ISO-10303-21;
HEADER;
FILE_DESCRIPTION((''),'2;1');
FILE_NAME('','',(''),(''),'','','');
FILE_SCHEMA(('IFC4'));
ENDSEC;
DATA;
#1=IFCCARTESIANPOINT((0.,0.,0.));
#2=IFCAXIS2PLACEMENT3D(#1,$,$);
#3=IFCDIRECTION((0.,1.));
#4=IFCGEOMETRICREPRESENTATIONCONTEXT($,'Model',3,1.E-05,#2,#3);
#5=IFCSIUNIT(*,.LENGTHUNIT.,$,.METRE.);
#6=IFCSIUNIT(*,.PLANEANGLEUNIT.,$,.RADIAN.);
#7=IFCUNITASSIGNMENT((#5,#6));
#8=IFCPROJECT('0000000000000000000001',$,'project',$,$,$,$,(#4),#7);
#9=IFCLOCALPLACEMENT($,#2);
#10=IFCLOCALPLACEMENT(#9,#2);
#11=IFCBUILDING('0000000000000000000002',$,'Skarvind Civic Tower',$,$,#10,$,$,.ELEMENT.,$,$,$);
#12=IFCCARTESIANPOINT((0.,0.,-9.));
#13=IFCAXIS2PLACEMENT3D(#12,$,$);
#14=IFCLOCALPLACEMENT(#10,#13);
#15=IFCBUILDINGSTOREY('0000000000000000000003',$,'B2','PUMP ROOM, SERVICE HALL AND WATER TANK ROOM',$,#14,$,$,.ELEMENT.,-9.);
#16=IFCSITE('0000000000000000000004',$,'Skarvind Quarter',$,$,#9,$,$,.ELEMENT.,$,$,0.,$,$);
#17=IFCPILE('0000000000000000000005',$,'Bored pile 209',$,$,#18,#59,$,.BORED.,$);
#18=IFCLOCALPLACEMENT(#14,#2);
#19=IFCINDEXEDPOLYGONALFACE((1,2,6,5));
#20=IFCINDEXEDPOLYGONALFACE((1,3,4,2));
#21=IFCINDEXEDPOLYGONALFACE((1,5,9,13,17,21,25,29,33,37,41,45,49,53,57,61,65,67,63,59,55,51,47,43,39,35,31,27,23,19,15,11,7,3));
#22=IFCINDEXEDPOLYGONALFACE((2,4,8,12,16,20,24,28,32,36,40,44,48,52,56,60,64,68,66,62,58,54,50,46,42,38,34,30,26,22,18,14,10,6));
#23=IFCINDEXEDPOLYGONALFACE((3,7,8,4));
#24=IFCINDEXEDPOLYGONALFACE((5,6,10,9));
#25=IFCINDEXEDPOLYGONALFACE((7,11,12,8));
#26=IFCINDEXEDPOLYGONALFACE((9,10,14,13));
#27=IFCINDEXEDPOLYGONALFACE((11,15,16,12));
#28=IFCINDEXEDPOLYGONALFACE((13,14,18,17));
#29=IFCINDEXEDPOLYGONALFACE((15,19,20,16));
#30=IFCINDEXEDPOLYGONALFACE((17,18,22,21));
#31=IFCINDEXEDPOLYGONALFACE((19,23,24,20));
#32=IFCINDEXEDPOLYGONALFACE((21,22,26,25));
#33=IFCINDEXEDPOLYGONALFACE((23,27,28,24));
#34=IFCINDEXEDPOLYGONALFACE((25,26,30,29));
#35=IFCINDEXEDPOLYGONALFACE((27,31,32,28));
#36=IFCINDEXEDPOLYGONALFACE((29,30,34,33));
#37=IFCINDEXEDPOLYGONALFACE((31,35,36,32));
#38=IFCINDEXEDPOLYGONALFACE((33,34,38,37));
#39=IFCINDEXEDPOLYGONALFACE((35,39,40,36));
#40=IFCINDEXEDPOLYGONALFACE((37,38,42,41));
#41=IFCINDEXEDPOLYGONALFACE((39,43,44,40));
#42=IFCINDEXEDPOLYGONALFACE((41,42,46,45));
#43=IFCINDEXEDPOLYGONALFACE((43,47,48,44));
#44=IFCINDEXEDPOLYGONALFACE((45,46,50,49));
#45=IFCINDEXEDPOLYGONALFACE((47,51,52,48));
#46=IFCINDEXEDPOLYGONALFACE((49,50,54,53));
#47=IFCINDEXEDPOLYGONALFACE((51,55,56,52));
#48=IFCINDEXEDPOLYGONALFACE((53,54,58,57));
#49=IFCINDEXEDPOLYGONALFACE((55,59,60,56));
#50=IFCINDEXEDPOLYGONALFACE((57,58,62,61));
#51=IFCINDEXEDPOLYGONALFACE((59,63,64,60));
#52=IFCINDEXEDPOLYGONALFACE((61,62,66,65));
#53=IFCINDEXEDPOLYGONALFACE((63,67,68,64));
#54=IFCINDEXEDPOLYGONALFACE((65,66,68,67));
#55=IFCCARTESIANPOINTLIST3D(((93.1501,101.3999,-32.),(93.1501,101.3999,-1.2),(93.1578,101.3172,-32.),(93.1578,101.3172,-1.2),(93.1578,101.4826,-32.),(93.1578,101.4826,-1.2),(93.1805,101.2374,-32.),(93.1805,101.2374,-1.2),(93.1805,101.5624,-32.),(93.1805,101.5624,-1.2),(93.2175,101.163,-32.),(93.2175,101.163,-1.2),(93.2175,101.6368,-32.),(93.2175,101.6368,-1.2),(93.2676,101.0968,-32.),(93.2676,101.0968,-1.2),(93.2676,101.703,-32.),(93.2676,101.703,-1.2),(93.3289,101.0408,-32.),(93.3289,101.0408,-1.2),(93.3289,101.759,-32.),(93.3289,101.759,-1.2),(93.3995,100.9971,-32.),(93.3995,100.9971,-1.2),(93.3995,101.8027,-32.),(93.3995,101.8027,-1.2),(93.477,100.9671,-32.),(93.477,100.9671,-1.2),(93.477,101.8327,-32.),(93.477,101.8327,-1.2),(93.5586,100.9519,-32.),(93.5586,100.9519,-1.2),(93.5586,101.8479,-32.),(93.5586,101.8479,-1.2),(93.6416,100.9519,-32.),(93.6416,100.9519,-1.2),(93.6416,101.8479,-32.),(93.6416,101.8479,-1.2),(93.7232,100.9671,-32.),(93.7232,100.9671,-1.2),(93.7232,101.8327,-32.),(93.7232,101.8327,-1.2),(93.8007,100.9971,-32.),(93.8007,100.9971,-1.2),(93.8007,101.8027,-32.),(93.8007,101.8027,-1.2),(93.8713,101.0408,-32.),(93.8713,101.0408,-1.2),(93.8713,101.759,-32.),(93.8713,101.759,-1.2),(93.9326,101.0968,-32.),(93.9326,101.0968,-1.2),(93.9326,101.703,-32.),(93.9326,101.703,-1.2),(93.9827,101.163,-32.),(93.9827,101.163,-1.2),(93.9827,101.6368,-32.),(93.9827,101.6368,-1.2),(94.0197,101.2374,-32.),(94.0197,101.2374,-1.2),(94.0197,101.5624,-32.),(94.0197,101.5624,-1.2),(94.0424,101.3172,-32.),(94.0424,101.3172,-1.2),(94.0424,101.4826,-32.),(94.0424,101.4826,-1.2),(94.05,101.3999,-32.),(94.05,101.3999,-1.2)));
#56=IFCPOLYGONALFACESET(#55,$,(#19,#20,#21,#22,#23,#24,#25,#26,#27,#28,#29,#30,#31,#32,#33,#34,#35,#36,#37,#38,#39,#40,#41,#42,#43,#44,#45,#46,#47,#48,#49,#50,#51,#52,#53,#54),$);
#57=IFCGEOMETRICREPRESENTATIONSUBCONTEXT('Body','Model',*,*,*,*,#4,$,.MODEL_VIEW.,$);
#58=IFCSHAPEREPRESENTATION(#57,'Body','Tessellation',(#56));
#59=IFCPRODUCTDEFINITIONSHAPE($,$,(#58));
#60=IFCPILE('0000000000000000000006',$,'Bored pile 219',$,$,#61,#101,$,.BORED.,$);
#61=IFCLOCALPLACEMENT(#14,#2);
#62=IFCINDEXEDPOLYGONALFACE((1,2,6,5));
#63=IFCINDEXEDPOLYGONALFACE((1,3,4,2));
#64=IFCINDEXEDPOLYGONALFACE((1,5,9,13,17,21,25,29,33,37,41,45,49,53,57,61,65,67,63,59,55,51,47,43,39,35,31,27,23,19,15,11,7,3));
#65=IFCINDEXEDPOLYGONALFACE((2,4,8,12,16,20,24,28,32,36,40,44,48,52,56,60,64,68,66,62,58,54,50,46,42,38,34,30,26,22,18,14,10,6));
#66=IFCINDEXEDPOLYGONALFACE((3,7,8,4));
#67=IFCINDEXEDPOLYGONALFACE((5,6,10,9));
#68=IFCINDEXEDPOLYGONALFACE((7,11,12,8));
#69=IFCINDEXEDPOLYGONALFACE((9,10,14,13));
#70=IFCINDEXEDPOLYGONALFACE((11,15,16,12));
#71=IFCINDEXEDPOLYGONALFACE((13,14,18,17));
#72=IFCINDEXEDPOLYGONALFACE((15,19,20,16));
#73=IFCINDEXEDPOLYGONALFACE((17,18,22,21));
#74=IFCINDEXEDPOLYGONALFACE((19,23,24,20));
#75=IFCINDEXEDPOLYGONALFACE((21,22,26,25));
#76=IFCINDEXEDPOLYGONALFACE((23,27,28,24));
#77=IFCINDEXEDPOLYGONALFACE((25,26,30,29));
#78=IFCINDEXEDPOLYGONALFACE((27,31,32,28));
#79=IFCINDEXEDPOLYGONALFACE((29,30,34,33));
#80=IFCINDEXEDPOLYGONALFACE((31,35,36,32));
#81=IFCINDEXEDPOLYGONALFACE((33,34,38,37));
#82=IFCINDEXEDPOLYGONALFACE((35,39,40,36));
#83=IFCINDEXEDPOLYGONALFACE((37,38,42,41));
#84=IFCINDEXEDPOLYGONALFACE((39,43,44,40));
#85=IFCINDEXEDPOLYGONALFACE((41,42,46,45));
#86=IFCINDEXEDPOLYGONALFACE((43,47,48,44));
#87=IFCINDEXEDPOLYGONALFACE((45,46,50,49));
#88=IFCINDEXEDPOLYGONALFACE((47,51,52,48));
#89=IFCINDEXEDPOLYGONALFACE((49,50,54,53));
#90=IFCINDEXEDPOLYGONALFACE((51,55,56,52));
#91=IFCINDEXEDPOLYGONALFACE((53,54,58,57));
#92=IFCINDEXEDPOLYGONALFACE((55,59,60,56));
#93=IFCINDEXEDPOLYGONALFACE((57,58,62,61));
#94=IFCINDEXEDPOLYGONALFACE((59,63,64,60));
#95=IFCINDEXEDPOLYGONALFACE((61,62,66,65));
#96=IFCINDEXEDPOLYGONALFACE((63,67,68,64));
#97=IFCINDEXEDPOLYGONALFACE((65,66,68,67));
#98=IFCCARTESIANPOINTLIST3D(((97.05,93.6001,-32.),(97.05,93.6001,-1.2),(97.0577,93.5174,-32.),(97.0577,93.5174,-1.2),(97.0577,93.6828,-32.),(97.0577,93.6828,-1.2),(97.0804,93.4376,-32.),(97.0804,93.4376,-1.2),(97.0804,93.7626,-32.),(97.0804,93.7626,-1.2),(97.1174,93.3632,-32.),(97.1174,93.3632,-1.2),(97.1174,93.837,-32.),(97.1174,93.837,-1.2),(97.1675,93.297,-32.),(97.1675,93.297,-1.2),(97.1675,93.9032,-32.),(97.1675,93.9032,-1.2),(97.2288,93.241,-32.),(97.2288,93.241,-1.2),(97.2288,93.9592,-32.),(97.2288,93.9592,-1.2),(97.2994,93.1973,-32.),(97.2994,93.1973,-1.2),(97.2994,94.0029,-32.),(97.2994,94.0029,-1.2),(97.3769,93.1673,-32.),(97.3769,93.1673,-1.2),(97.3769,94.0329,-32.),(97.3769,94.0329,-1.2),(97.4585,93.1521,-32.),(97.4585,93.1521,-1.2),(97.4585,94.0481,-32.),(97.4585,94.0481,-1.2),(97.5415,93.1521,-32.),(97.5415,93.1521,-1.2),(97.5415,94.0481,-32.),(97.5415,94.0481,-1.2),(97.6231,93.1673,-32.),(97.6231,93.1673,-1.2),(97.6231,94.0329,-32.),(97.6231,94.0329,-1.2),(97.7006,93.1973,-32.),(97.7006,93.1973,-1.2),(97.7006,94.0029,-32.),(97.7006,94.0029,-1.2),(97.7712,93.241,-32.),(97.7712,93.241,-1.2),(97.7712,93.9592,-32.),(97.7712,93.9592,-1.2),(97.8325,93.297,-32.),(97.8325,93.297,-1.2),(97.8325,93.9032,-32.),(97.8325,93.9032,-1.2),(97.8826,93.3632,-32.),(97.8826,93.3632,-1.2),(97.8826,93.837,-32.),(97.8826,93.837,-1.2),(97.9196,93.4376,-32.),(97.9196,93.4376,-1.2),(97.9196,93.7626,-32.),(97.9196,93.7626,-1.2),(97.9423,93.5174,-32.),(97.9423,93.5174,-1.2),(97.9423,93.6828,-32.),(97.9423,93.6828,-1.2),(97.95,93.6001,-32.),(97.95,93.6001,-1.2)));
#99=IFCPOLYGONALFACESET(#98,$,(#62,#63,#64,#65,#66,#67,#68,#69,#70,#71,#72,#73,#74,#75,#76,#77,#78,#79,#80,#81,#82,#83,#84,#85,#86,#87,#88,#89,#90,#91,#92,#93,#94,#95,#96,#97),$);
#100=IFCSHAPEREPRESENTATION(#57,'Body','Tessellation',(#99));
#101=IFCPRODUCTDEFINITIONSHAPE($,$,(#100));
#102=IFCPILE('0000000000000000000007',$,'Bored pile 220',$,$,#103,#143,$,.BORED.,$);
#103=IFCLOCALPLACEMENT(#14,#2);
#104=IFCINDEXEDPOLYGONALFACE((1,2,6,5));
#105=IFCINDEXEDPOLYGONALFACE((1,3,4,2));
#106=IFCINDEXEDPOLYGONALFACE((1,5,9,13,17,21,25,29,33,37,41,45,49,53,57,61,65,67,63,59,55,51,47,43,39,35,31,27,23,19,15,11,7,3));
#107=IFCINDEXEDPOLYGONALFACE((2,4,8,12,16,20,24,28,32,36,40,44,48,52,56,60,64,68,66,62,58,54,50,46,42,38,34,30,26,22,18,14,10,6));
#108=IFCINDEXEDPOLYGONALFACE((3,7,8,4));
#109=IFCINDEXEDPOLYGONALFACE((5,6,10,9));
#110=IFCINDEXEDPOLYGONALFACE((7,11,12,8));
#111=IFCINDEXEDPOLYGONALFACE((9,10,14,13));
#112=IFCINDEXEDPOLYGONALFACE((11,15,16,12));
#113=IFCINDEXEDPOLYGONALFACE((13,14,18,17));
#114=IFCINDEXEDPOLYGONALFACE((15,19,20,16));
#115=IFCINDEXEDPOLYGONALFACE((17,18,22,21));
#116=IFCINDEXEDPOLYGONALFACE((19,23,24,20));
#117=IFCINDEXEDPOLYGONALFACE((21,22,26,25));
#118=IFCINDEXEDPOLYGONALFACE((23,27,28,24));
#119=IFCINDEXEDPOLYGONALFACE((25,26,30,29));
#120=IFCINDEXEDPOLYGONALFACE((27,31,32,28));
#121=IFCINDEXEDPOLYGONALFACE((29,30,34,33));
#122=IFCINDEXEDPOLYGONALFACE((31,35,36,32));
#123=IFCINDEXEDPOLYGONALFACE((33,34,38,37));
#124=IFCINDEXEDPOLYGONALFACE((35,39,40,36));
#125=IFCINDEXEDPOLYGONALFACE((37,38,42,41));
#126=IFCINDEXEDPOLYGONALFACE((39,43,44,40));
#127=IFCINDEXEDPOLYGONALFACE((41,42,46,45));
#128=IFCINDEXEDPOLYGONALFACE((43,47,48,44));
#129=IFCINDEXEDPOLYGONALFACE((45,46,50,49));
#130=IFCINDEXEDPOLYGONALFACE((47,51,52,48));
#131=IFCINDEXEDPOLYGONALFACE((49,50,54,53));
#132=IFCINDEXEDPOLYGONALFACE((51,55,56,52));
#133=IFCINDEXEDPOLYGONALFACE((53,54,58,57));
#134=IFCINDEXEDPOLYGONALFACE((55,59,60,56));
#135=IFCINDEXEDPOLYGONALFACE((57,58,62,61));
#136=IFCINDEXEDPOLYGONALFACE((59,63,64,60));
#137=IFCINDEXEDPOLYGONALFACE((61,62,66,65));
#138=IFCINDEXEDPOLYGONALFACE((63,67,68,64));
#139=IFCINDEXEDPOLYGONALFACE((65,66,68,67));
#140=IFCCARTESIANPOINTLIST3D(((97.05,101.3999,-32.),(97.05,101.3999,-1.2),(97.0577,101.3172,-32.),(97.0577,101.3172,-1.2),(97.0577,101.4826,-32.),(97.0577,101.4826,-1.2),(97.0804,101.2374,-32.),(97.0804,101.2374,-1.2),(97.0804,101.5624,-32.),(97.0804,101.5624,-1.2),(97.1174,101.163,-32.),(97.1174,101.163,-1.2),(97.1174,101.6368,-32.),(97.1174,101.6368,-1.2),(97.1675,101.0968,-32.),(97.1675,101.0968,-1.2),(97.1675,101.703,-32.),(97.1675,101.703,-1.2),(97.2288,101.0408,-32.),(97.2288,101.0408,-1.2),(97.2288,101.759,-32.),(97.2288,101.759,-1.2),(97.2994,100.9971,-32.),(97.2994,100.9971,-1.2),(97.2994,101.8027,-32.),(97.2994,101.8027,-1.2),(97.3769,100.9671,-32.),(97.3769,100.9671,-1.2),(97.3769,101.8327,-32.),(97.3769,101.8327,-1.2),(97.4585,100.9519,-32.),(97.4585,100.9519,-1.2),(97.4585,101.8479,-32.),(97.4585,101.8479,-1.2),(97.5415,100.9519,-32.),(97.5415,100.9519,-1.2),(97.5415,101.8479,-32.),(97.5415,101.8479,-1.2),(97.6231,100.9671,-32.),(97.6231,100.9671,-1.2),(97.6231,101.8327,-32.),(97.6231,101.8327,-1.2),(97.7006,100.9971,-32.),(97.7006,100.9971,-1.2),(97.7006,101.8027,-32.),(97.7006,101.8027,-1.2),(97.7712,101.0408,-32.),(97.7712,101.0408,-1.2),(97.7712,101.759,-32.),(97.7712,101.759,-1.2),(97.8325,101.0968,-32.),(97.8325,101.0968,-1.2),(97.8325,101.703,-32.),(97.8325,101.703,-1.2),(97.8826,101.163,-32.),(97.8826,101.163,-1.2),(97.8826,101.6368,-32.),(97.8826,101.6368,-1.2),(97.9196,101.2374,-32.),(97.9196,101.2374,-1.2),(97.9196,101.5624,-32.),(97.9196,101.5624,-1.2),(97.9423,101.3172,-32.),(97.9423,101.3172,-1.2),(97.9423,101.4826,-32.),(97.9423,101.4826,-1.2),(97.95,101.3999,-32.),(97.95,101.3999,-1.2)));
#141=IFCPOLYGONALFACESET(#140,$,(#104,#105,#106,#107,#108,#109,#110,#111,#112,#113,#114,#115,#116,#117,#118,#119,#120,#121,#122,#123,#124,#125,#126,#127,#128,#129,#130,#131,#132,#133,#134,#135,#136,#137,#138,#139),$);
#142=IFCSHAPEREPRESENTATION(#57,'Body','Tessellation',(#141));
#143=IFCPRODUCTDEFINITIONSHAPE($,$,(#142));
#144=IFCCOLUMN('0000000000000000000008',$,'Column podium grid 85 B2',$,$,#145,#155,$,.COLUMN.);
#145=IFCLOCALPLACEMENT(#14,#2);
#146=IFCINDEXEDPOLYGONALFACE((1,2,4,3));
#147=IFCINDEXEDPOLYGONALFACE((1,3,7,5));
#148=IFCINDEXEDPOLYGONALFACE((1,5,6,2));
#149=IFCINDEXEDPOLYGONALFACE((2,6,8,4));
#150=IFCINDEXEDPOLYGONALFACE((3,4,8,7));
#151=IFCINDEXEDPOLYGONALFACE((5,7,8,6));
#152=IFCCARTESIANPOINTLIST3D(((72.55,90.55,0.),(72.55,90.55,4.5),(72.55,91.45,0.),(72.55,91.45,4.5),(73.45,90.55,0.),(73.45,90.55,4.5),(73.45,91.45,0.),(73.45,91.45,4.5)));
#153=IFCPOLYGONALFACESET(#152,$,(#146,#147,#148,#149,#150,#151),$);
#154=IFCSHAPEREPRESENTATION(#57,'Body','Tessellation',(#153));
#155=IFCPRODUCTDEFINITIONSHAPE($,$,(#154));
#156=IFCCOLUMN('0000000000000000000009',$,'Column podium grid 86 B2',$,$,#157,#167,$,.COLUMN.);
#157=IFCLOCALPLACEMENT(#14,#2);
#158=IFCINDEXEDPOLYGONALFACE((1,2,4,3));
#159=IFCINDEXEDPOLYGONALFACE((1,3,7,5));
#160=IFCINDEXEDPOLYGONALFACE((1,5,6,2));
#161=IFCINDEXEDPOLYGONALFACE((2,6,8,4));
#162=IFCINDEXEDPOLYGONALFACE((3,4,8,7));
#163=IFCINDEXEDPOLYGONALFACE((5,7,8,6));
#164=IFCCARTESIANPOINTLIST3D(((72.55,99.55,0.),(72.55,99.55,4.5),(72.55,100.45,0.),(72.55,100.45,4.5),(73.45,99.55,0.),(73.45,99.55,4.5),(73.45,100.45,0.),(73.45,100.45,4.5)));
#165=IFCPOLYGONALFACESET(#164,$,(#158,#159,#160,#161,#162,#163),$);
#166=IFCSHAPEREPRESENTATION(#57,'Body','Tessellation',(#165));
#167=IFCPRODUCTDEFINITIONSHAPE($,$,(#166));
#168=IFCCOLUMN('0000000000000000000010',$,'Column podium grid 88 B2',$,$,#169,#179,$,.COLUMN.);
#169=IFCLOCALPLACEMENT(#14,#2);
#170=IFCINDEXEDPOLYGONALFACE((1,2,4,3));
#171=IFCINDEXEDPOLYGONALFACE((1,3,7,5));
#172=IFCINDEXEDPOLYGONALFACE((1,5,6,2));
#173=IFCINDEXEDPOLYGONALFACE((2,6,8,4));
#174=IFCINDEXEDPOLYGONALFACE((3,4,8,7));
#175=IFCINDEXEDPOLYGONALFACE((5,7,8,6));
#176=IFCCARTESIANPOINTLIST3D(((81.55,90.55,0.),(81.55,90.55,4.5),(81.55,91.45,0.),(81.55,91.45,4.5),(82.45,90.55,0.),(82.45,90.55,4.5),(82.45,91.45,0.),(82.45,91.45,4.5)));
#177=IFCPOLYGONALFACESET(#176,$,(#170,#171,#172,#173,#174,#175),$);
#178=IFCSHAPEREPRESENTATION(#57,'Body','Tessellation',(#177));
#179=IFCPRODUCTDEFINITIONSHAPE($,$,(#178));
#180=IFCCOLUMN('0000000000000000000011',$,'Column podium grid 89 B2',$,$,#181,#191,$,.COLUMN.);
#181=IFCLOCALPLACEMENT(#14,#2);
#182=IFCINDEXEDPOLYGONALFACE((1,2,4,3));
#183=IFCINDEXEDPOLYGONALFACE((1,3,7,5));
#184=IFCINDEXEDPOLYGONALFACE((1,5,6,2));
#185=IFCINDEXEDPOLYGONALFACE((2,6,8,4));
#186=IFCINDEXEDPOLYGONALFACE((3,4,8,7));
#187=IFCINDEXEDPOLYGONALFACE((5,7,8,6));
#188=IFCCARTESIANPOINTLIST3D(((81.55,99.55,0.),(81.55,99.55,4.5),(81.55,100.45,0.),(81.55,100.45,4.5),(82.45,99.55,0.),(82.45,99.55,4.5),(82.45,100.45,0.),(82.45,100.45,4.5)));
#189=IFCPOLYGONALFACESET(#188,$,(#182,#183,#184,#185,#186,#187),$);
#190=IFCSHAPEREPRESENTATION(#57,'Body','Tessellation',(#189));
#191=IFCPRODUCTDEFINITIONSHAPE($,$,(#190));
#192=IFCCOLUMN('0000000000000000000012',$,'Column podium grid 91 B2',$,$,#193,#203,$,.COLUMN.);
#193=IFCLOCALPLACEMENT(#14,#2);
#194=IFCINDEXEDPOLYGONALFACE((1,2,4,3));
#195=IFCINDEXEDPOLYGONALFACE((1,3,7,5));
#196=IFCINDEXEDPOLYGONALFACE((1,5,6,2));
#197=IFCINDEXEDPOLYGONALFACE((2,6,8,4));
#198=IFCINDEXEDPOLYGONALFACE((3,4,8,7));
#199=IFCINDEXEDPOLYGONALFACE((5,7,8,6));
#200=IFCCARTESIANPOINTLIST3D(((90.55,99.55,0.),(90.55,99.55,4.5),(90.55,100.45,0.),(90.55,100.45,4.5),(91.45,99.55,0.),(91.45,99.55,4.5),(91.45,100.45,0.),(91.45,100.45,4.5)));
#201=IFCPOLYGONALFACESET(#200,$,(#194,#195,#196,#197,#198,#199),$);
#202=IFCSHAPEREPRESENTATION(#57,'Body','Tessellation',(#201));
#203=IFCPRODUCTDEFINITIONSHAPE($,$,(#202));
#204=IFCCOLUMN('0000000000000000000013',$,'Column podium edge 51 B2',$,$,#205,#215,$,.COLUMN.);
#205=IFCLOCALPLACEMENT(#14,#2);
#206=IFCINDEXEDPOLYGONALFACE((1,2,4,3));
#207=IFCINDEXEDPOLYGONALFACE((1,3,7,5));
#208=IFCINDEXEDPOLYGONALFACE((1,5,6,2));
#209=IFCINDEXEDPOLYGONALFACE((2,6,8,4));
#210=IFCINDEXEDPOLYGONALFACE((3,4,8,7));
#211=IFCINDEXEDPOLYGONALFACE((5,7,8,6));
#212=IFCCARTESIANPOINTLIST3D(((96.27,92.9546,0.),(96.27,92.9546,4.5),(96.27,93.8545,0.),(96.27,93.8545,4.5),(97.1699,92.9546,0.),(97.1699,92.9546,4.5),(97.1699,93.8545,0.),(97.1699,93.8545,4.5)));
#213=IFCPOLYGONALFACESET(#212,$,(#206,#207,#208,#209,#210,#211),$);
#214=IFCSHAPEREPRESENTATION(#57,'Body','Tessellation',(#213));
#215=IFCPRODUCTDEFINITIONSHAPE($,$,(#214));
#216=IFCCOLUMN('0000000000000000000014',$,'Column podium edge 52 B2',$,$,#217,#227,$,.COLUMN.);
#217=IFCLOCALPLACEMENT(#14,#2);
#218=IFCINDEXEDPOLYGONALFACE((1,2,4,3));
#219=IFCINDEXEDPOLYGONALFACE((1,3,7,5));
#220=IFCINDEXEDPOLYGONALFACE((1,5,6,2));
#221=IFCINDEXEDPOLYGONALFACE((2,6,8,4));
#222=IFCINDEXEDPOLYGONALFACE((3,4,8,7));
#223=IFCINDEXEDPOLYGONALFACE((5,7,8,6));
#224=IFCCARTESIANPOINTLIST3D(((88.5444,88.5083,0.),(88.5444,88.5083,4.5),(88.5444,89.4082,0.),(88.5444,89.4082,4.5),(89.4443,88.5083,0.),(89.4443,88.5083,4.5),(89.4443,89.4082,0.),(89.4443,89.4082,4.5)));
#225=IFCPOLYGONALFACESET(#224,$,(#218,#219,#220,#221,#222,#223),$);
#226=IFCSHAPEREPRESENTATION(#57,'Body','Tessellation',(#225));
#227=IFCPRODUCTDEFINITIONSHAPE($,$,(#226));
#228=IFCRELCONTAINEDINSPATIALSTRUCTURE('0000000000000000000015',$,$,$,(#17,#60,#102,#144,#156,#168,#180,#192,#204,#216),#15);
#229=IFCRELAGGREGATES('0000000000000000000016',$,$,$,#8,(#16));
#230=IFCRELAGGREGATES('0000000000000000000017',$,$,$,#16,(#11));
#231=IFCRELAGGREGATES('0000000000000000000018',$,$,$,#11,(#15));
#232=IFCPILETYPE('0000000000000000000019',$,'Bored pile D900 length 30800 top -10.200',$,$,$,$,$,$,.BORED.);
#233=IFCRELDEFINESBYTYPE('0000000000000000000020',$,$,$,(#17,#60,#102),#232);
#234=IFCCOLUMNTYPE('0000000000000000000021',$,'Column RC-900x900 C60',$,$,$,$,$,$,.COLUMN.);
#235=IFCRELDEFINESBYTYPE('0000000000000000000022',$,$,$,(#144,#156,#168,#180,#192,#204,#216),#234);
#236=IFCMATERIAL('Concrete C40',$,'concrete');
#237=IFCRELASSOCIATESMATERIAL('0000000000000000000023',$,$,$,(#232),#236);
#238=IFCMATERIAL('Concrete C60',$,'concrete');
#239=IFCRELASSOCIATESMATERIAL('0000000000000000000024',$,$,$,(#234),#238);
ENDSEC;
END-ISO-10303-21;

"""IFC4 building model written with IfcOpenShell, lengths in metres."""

from ifc_helpers import new_model, si_unit, direction, frame, origin, origin_2d, place, context, subcontext, project, spatial, rectangle, circle, extrude, material, material_profile, profile_set, type_object, element, save


model = new_model("IFC4")

# Units and contexts
model_context = context("Model", 3, precision=1e-05, world=origin(), true_north=direction((0.0, 1.0)))
body_context = subcontext(model_context, "Body", "Model", "MODEL_VIEW")
ifc_project = project(units=[si_unit("LENGTHUNIT", "METRE"), si_unit("PLANEANGLEUNIT", "RADIAN")], contexts=[model_context])

# Site, building, storey
site_placement = place(None, origin())
site = spatial("IfcSite", under=ifc_project, at=site_placement, Name="Skarvind Quarter", CompositionType="ELEMENT", RefElevation=0.0)
building_placement = place(site_placement, origin())
building = spatial("IfcBuilding", under=site, at=building_placement, Name="Skarvind Civic Tower", CompositionType="ELEMENT")
storey_placement = place(building_placement, frame((0.0, 0.0, -9.0)))
storey = spatial("IfcBuildingStorey", under=building, at=storey_placement, Name="B2", Description="PUMP ROOM, SERVICE HALL AND WATER TANK ROOM", CompositionType="ELEMENT", Elevation=-9.0)

# Piles
ifc_material_1 = material(Name="Concrete C40", Category="concrete")
pile_type = type_object("IfcPileType", Name="Bored pile D900 length 30800 top -10.200", PredefinedType="BORED", material=ifc_material_1)
for number, where, z_axis, x_axis, name in (
    (1, (93.6001, 101.3999, -1.2), (0.0, 0.0, -1.0), (1.0, 0.0, 0.0), "Bored pile 209"),
    (2, (97.5, 93.6001, -1.2), (0.0, 0.0, -1.0), (1.0, 0.0, 0.0), "Bored pile 219"),
    (3, (97.5, 101.3999, -1.2), (0.0, 0.0, -1.0), (1.0, 0.0, 0.0), "Bored pile 220"),
):
    element("IfcPile", number, at=place(storey_placement, frame(where, z_axis=z_axis, x_axis=x_axis)), inside=storey, type_object=pile_type, Name=name, PredefinedType="BORED", context=body_context, shape_type="SweptSolid", body=[
        extrude(circle(Radius=0.45, at=origin_2d()), origin(), (0.0, 0.0, 1.0), 30.8),
    ])

# Columns
ifc_material_2 = material(Name="Concrete C60", Category="concrete")
ifc_material_profile = material_profile(ifc_material_2, rectangle(XDim=0.8999, YDim=0.8999, at=origin_2d()), Name="RC-900x900")
ifc_profile_set = profile_set([ifc_material_profile], Name="Concrete C60")
column_type = type_object("IfcColumnType", Name="Column RC-900x900 C60", PredefinedType="COLUMN", material=ifc_profile_set)
for number, where, z_axis, x_axis, name in (
    (4, (73.0, 91.0, 0.0), (0.0, 0.0, 1.0), (1.0, 0.0, 0.0), "Column podium grid 85 B2"),
    (5, (73.0, 100.0, 0.0), (0.0, 0.0, 1.0), (1.0, 0.0, 0.0), "Column podium grid 86 B2"),
    (6, (82.0, 91.0, 0.0), (0.0, 0.0, 1.0), (1.0, 0.0, 0.0), "Column podium grid 88 B2"),
    (7, (82.0, 100.0, 0.0), (0.0, 0.0, 1.0), (1.0, 0.0, 0.0), "Column podium grid 89 B2"),
    (8, (91.0, 100.0, 0.0), (0.0, 0.0, 1.0), (1.0, 0.0, 0.0), "Column podium grid 91 B2"),
    (9, (96.72, 93.4045, 0.0), (0.0, 0.0, 1.0), (1.0, 0.0, 0.0), "Column podium edge 51 B2"),
    (10, (88.9944, 88.9583, 0.0), (0.0, 0.0, 1.0), (1.0, 0.0, 0.0), "Column podium edge 52 B2"),
):
    element("IfcColumn", number, at=place(storey_placement, frame(where, z_axis=z_axis, x_axis=x_axis)), inside=storey, type_object=column_type, Name=name, PredefinedType="COLUMN", context=body_context, shape_type="SweptSolid", body=[
        extrude(rectangle(XDim=0.8999, YDim=0.8999, at=origin_2d()), origin(), (0.0, 0.0, 1.0), 4.5),
    ])

save(model, "model.ifc")
